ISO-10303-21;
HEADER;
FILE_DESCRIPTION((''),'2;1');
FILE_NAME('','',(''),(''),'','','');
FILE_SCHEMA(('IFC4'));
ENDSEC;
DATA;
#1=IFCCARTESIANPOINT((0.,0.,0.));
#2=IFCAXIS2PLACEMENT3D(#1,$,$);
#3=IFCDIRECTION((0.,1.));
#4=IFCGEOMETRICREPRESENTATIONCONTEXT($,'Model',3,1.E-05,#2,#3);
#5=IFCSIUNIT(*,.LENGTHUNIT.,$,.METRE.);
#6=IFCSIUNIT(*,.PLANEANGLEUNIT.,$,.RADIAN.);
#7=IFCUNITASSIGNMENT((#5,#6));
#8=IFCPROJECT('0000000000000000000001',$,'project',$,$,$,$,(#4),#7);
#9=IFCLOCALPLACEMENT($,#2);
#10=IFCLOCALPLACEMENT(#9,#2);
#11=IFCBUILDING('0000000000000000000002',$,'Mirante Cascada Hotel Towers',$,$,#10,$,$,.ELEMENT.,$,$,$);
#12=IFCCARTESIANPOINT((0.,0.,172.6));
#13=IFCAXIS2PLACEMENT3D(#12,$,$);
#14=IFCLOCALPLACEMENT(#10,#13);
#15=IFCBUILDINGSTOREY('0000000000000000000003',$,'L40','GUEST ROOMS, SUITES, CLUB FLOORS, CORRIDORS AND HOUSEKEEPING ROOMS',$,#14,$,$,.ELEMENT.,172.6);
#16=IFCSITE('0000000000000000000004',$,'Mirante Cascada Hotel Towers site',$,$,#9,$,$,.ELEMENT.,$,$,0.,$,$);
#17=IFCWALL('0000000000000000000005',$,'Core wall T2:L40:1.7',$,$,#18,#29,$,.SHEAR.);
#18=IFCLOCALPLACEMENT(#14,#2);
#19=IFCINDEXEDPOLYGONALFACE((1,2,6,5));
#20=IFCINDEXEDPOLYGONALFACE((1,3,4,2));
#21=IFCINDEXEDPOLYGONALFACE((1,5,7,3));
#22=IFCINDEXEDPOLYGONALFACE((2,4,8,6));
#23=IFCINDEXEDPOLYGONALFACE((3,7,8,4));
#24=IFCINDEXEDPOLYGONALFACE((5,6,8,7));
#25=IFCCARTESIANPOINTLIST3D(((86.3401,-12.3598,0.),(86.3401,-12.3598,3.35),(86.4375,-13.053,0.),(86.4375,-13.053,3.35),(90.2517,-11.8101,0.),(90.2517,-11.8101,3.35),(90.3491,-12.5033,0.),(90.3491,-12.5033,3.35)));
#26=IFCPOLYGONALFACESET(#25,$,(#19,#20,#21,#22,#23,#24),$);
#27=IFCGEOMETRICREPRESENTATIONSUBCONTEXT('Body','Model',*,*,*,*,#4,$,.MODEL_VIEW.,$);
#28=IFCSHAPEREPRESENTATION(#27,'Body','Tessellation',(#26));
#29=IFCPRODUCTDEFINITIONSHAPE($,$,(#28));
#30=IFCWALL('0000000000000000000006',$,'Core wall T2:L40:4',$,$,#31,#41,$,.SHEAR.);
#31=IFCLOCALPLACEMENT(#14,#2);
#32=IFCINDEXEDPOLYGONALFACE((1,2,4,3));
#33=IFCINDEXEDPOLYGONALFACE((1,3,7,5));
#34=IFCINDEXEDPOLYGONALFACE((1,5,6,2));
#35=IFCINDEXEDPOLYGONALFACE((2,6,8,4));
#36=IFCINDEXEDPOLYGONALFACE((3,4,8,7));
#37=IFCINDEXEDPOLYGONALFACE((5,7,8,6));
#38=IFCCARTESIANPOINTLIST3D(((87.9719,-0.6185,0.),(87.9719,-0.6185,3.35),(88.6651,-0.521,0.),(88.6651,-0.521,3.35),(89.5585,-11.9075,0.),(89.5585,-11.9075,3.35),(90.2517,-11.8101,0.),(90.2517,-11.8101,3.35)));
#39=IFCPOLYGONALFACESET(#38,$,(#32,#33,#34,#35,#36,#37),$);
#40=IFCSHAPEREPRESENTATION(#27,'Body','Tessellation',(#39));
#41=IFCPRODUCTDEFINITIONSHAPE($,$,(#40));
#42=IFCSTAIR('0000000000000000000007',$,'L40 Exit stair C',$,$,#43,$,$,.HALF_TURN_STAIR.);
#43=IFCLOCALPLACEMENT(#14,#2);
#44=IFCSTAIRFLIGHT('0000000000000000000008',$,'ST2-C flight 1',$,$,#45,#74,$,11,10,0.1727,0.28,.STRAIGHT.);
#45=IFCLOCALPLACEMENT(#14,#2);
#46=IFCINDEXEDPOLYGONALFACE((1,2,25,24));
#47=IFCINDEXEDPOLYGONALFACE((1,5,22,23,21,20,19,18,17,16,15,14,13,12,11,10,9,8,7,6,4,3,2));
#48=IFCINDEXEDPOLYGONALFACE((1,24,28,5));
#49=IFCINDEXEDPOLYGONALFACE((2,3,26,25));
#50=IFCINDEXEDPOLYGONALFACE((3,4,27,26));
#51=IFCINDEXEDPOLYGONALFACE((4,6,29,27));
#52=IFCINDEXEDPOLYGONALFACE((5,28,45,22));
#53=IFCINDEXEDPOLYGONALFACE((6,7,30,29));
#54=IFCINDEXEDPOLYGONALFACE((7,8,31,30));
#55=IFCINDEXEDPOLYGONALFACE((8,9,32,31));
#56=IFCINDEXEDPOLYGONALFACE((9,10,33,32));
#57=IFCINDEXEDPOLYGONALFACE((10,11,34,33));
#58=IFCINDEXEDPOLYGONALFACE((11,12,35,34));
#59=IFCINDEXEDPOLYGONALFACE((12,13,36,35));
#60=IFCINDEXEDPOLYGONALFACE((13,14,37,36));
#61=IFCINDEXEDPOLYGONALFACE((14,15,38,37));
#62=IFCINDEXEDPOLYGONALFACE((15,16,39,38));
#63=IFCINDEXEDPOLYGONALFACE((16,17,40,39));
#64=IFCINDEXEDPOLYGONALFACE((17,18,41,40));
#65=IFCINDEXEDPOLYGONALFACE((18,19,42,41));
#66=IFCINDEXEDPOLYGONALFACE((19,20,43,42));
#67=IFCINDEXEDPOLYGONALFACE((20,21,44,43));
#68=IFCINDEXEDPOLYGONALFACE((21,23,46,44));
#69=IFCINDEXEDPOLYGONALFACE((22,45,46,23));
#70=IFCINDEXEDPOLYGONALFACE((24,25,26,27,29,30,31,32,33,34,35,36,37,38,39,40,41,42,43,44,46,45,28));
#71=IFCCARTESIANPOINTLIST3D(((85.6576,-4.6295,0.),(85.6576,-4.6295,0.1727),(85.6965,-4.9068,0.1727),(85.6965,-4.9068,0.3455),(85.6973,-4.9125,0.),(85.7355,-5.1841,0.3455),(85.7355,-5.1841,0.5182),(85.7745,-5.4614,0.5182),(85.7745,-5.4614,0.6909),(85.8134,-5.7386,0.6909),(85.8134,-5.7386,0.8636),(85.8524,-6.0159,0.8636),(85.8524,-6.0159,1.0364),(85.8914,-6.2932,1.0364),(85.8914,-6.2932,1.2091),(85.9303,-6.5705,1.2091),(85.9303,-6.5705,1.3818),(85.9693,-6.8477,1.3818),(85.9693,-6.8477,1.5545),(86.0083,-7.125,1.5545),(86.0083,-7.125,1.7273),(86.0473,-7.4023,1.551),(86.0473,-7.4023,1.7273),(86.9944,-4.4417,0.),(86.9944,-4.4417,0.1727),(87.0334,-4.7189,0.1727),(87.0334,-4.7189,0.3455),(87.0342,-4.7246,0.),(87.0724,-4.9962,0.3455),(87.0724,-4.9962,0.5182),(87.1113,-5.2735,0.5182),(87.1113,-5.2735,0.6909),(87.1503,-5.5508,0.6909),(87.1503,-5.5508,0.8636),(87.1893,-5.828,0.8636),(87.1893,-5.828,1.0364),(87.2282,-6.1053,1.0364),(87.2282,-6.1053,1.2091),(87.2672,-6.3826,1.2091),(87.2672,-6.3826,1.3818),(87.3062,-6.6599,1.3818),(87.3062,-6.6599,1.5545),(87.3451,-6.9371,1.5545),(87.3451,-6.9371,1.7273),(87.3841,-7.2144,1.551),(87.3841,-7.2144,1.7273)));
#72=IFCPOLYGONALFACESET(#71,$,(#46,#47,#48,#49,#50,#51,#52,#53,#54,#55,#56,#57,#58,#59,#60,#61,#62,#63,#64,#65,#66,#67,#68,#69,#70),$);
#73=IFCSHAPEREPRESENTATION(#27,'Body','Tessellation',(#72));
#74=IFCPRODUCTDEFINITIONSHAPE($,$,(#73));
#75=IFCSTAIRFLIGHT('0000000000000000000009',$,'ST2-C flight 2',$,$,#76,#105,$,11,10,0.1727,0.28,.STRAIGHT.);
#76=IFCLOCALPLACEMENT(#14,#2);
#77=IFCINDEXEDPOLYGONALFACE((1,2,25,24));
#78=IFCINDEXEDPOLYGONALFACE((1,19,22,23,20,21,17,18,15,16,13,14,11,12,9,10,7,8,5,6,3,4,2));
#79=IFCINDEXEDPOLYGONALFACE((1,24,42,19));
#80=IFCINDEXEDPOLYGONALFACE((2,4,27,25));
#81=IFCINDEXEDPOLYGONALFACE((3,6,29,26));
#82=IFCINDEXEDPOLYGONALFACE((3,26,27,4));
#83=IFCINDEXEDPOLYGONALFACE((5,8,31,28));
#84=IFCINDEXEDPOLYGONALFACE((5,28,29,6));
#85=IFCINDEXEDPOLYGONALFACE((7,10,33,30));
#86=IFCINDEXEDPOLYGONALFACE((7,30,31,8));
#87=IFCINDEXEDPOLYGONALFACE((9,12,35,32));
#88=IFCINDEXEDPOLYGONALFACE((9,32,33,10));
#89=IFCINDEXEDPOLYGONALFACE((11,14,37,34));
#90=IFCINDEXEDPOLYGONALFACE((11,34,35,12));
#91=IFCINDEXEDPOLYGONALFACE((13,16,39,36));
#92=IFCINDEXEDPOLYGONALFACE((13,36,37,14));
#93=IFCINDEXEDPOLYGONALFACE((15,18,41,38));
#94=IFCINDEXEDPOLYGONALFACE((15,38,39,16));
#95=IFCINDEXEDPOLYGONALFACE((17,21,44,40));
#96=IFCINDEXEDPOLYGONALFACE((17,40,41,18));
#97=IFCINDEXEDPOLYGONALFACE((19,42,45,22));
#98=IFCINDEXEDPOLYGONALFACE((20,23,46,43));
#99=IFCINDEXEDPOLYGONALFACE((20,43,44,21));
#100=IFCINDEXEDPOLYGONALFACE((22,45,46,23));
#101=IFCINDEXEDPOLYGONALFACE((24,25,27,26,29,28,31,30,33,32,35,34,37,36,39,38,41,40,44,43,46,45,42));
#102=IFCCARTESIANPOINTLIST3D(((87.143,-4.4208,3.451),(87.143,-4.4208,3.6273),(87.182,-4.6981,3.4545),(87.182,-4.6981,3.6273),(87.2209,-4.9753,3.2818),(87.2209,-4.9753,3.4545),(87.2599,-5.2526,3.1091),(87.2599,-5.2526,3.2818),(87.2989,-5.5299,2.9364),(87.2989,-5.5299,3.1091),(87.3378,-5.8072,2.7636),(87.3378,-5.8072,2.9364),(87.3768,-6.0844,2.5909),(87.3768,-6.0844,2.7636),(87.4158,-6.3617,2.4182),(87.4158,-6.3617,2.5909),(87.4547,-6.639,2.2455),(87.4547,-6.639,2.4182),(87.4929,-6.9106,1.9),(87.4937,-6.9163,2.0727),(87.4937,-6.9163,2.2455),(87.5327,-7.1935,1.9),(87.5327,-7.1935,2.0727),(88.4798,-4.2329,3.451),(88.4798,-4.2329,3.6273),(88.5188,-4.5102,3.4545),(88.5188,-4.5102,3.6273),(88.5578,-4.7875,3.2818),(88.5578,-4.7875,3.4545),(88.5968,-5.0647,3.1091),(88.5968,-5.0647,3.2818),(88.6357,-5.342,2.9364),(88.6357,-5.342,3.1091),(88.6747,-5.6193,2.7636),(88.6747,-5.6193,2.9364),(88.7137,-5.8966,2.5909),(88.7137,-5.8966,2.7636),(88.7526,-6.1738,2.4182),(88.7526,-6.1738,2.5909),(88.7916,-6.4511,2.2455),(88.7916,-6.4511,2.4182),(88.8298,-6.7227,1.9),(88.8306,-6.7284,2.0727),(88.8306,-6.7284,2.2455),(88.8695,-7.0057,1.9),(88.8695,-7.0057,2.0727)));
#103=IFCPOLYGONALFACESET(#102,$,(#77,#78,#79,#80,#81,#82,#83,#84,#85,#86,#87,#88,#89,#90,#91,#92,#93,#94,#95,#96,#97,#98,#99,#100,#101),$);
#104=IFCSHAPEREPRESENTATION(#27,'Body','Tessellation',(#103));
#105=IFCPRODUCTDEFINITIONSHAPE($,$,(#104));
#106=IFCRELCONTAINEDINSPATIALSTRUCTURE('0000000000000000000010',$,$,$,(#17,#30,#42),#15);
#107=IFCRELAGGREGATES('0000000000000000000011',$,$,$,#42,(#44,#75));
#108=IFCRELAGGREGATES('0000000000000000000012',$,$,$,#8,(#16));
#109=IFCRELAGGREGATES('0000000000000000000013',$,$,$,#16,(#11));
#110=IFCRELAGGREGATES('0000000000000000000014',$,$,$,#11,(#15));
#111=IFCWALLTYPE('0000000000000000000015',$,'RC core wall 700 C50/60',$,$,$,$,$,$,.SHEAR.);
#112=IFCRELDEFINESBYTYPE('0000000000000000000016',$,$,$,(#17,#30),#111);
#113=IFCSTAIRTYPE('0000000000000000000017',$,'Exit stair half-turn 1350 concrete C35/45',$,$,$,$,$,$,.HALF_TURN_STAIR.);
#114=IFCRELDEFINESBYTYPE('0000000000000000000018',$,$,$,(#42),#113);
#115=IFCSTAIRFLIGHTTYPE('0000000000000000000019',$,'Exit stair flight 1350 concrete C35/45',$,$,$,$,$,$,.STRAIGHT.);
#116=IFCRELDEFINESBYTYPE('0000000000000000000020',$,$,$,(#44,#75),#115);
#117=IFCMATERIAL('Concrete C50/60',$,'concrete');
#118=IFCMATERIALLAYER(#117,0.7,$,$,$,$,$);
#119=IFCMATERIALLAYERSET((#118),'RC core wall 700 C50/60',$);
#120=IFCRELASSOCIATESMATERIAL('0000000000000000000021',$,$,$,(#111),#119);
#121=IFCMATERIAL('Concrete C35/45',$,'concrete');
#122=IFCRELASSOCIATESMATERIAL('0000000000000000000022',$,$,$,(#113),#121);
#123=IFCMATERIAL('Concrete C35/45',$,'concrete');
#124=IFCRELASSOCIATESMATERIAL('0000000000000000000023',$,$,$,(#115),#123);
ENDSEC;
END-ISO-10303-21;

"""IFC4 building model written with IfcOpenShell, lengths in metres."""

from ifc_helpers import new_model, si_unit, direction, frame, frame_2d, origin, place, context, subcontext, project, spatial, polyline, rectangle, outline, extrude, material, layer, layer_set, type_object, element, aggregate, save


model = new_model("IFC4")

# Units and contexts
model_context = context("Model", 3, precision=1e-05, world=origin(), true_north=direction((0.0, 1.0)))
body_context = subcontext(model_context, "Body", "Model", "MODEL_VIEW")
ifc_project = project(units=[si_unit("LENGTHUNIT", "METRE"), si_unit("PLANEANGLEUNIT", "RADIAN")], contexts=[model_context])

# Site, building, storey
site_placement = place(None, origin())
site = spatial("IfcSite", under=ifc_project, at=site_placement, Name="Mirante Cascada Hotel Towers site", CompositionType="ELEMENT", RefElevation=0.0)
building_placement = place(site_placement, origin())
building = spatial("IfcBuilding", under=site, at=building_placement, Name="Mirante Cascada Hotel Towers", CompositionType="ELEMENT")
storey_placement = place(building_placement, frame((0.0, 0.0, 172.6)))
storey = spatial("IfcBuildingStorey", under=building, at=storey_placement, Name="L40", Description="GUEST ROOMS, SUITES, CLUB FLOORS, CORRIDORS AND HOUSEKEEPING ROOMS", CompositionType="ELEMENT", Elevation=172.6)

# Walls
ifc_material_1 = material(Name="Concrete C50/60", Category="concrete")
ifc_layer_1 = layer(ifc_material_1, 0.7)
ifc_layer_set_1 = layer_set([ifc_layer_1], Name="RC core wall 700 C50/60")
wall_type_1 = type_object("IfcWallType", Name="RC core wall 700 C50/60", PredefinedType="SHEAR", material=ifc_layer_set_1)
wall_1_placement = place(storey_placement, frame((86.3888, -12.7064, 0.0), z_axis=(0.0, 0.0, 1.0), x_axis=(0.990269, 0.139163, 0.0)))
element("IfcWall", 1, at=wall_1_placement, inside=storey, type_object=wall_type_1, Name="Core wall T2:L40:1.7", PredefinedType="SHEAR", context=body_context, shape_type="SweptSolid", body=[
    extrude(rectangle(XDim=3.95, YDim=0.7, at=frame_2d((1.975, 0.0))), origin(), (0.0, 0.0, 1.0), 3.35),
])
wall_2_placement = place(storey_placement, frame((89.9051, -11.8588, 0.0), z_axis=(0.0, 0.0, 1.0), x_axis=(-0.139175, 0.990268, 0.0)))
element("IfcWall", 2, at=wall_2_placement, inside=storey, type_object=wall_type_1, Name="Core wall T2:L40:4", PredefinedType="SHEAR", context=body_context, shape_type="SweptSolid", body=[
    extrude(rectangle(XDim=11.4, YDim=0.7, at=frame_2d((5.7, 0.0))), origin(), (0.0, 0.0, 1.0), 3.35),
])

# Stair, stair flights
ifc_material_2 = material(Name="Concrete C35/45", Category="concrete")
stair_type = type_object("IfcStairType", Name="Exit stair half-turn 1350 concrete C35/45", PredefinedType="HALF_TURN_STAIR", material=ifc_material_2)
stair_placement = place(storey_placement, origin())
stair = element("IfcStair", 3, at=stair_placement, inside=storey, type_object=stair_type, Name="L40 Exit stair C", PredefinedType="HALF_TURN_STAIR")
ifc_material_3 = material(Name="Concrete C35/45", Category="concrete")
stair_flight_type = type_object("IfcStairFlightType", Name="Exit stair flight 1350 concrete C35/45", PredefinedType="STRAIGHT", material=ifc_material_3)
stair_flight_1_placement = place(storey_placement, frame((86.326, -4.5356, 0.0), z_axis=(0.0, 0.0, 1.0), x_axis=(0.139173, -0.990268, 0.0)))
stair_flight_1 = element("IfcStairFlight", 4, at=stair_flight_1_placement, type_object=stair_flight_type, Name="ST2-C flight 1", NumberOfRisers=11, NumberOfTreads=10, PredefinedType="STRAIGHT", RiserHeight=0.1727, TreadLength=0.28, context=body_context, shape_type="SweptSolid", body=[
    extrude(outline(polyline([(0.0, 0.0), (0.0, 0.1727), (0.28, 0.1727), (0.28, 0.3455), (0.56, 0.3455), (0.56, 0.5182), (0.84, 0.5182), (0.84, 0.6909), (1.12, 0.6909), (1.12, 0.8636), (1.4, 0.8636), (1.4, 1.0364), (1.68, 1.0364), (1.68, 1.2091), (1.96, 1.2091), (1.96, 1.3818), (2.24, 1.3818), (2.24, 1.5545), (2.52, 1.5545), (2.52, 1.7273), (2.8, 1.7273), (2.8, 1.9), (2.8, 1.551), (0.2857, 0.0), (0.0, 0.0)])), frame((0.0, 0.675, 0.0), z_axis=(0.0, -1.0, 0.0), x_axis=(1.0, 0.0, 0.0)), (0.0, 0.0, 1.0), 1.35),
])
stair_flight_2_placement = place(storey_placement, frame((88.2011, -7.0996, 1.9), z_axis=(0.0, 0.0, 1.0), x_axis=(-0.139173, 0.990268, 0.0)))
stair_flight_2 = element("IfcStairFlight", 5, at=stair_flight_2_placement, type_object=stair_flight_type, Name="ST2-C flight 2", NumberOfRisers=11, NumberOfTreads=10, PredefinedType="STRAIGHT", RiserHeight=0.1727, TreadLength=0.28, context=body_context, shape_type="SweptSolid", body=[
    extrude(outline(polyline([(0.0, 0.0), (0.0, 0.1727), (0.28, 0.1727), (0.28, 0.3455), (0.56, 0.3455), (0.56, 0.5182), (0.84, 0.5182), (0.84, 0.6909), (1.12, 0.6909), (1.12, 0.8636), (1.4, 0.8636), (1.4, 1.0364), (1.68, 1.0364), (1.68, 1.2091), (1.96, 1.2091), (1.96, 1.3818), (2.24, 1.3818), (2.24, 1.5545), (2.52, 1.5545), (2.52, 1.7273), (2.8, 1.7273), (2.8, 1.9), (2.8, 1.551), (0.2857, 0.0), (0.0, 0.0)])), frame((0.0, 0.675, 0.0), z_axis=(0.0, -1.0, 0.0), x_axis=(1.0, 0.0, 0.0)), (0.0, 0.0, 1.0), 1.35),
])
aggregate(stair, [stair_flight_1, stair_flight_2])

save(model, "model.ifc")
